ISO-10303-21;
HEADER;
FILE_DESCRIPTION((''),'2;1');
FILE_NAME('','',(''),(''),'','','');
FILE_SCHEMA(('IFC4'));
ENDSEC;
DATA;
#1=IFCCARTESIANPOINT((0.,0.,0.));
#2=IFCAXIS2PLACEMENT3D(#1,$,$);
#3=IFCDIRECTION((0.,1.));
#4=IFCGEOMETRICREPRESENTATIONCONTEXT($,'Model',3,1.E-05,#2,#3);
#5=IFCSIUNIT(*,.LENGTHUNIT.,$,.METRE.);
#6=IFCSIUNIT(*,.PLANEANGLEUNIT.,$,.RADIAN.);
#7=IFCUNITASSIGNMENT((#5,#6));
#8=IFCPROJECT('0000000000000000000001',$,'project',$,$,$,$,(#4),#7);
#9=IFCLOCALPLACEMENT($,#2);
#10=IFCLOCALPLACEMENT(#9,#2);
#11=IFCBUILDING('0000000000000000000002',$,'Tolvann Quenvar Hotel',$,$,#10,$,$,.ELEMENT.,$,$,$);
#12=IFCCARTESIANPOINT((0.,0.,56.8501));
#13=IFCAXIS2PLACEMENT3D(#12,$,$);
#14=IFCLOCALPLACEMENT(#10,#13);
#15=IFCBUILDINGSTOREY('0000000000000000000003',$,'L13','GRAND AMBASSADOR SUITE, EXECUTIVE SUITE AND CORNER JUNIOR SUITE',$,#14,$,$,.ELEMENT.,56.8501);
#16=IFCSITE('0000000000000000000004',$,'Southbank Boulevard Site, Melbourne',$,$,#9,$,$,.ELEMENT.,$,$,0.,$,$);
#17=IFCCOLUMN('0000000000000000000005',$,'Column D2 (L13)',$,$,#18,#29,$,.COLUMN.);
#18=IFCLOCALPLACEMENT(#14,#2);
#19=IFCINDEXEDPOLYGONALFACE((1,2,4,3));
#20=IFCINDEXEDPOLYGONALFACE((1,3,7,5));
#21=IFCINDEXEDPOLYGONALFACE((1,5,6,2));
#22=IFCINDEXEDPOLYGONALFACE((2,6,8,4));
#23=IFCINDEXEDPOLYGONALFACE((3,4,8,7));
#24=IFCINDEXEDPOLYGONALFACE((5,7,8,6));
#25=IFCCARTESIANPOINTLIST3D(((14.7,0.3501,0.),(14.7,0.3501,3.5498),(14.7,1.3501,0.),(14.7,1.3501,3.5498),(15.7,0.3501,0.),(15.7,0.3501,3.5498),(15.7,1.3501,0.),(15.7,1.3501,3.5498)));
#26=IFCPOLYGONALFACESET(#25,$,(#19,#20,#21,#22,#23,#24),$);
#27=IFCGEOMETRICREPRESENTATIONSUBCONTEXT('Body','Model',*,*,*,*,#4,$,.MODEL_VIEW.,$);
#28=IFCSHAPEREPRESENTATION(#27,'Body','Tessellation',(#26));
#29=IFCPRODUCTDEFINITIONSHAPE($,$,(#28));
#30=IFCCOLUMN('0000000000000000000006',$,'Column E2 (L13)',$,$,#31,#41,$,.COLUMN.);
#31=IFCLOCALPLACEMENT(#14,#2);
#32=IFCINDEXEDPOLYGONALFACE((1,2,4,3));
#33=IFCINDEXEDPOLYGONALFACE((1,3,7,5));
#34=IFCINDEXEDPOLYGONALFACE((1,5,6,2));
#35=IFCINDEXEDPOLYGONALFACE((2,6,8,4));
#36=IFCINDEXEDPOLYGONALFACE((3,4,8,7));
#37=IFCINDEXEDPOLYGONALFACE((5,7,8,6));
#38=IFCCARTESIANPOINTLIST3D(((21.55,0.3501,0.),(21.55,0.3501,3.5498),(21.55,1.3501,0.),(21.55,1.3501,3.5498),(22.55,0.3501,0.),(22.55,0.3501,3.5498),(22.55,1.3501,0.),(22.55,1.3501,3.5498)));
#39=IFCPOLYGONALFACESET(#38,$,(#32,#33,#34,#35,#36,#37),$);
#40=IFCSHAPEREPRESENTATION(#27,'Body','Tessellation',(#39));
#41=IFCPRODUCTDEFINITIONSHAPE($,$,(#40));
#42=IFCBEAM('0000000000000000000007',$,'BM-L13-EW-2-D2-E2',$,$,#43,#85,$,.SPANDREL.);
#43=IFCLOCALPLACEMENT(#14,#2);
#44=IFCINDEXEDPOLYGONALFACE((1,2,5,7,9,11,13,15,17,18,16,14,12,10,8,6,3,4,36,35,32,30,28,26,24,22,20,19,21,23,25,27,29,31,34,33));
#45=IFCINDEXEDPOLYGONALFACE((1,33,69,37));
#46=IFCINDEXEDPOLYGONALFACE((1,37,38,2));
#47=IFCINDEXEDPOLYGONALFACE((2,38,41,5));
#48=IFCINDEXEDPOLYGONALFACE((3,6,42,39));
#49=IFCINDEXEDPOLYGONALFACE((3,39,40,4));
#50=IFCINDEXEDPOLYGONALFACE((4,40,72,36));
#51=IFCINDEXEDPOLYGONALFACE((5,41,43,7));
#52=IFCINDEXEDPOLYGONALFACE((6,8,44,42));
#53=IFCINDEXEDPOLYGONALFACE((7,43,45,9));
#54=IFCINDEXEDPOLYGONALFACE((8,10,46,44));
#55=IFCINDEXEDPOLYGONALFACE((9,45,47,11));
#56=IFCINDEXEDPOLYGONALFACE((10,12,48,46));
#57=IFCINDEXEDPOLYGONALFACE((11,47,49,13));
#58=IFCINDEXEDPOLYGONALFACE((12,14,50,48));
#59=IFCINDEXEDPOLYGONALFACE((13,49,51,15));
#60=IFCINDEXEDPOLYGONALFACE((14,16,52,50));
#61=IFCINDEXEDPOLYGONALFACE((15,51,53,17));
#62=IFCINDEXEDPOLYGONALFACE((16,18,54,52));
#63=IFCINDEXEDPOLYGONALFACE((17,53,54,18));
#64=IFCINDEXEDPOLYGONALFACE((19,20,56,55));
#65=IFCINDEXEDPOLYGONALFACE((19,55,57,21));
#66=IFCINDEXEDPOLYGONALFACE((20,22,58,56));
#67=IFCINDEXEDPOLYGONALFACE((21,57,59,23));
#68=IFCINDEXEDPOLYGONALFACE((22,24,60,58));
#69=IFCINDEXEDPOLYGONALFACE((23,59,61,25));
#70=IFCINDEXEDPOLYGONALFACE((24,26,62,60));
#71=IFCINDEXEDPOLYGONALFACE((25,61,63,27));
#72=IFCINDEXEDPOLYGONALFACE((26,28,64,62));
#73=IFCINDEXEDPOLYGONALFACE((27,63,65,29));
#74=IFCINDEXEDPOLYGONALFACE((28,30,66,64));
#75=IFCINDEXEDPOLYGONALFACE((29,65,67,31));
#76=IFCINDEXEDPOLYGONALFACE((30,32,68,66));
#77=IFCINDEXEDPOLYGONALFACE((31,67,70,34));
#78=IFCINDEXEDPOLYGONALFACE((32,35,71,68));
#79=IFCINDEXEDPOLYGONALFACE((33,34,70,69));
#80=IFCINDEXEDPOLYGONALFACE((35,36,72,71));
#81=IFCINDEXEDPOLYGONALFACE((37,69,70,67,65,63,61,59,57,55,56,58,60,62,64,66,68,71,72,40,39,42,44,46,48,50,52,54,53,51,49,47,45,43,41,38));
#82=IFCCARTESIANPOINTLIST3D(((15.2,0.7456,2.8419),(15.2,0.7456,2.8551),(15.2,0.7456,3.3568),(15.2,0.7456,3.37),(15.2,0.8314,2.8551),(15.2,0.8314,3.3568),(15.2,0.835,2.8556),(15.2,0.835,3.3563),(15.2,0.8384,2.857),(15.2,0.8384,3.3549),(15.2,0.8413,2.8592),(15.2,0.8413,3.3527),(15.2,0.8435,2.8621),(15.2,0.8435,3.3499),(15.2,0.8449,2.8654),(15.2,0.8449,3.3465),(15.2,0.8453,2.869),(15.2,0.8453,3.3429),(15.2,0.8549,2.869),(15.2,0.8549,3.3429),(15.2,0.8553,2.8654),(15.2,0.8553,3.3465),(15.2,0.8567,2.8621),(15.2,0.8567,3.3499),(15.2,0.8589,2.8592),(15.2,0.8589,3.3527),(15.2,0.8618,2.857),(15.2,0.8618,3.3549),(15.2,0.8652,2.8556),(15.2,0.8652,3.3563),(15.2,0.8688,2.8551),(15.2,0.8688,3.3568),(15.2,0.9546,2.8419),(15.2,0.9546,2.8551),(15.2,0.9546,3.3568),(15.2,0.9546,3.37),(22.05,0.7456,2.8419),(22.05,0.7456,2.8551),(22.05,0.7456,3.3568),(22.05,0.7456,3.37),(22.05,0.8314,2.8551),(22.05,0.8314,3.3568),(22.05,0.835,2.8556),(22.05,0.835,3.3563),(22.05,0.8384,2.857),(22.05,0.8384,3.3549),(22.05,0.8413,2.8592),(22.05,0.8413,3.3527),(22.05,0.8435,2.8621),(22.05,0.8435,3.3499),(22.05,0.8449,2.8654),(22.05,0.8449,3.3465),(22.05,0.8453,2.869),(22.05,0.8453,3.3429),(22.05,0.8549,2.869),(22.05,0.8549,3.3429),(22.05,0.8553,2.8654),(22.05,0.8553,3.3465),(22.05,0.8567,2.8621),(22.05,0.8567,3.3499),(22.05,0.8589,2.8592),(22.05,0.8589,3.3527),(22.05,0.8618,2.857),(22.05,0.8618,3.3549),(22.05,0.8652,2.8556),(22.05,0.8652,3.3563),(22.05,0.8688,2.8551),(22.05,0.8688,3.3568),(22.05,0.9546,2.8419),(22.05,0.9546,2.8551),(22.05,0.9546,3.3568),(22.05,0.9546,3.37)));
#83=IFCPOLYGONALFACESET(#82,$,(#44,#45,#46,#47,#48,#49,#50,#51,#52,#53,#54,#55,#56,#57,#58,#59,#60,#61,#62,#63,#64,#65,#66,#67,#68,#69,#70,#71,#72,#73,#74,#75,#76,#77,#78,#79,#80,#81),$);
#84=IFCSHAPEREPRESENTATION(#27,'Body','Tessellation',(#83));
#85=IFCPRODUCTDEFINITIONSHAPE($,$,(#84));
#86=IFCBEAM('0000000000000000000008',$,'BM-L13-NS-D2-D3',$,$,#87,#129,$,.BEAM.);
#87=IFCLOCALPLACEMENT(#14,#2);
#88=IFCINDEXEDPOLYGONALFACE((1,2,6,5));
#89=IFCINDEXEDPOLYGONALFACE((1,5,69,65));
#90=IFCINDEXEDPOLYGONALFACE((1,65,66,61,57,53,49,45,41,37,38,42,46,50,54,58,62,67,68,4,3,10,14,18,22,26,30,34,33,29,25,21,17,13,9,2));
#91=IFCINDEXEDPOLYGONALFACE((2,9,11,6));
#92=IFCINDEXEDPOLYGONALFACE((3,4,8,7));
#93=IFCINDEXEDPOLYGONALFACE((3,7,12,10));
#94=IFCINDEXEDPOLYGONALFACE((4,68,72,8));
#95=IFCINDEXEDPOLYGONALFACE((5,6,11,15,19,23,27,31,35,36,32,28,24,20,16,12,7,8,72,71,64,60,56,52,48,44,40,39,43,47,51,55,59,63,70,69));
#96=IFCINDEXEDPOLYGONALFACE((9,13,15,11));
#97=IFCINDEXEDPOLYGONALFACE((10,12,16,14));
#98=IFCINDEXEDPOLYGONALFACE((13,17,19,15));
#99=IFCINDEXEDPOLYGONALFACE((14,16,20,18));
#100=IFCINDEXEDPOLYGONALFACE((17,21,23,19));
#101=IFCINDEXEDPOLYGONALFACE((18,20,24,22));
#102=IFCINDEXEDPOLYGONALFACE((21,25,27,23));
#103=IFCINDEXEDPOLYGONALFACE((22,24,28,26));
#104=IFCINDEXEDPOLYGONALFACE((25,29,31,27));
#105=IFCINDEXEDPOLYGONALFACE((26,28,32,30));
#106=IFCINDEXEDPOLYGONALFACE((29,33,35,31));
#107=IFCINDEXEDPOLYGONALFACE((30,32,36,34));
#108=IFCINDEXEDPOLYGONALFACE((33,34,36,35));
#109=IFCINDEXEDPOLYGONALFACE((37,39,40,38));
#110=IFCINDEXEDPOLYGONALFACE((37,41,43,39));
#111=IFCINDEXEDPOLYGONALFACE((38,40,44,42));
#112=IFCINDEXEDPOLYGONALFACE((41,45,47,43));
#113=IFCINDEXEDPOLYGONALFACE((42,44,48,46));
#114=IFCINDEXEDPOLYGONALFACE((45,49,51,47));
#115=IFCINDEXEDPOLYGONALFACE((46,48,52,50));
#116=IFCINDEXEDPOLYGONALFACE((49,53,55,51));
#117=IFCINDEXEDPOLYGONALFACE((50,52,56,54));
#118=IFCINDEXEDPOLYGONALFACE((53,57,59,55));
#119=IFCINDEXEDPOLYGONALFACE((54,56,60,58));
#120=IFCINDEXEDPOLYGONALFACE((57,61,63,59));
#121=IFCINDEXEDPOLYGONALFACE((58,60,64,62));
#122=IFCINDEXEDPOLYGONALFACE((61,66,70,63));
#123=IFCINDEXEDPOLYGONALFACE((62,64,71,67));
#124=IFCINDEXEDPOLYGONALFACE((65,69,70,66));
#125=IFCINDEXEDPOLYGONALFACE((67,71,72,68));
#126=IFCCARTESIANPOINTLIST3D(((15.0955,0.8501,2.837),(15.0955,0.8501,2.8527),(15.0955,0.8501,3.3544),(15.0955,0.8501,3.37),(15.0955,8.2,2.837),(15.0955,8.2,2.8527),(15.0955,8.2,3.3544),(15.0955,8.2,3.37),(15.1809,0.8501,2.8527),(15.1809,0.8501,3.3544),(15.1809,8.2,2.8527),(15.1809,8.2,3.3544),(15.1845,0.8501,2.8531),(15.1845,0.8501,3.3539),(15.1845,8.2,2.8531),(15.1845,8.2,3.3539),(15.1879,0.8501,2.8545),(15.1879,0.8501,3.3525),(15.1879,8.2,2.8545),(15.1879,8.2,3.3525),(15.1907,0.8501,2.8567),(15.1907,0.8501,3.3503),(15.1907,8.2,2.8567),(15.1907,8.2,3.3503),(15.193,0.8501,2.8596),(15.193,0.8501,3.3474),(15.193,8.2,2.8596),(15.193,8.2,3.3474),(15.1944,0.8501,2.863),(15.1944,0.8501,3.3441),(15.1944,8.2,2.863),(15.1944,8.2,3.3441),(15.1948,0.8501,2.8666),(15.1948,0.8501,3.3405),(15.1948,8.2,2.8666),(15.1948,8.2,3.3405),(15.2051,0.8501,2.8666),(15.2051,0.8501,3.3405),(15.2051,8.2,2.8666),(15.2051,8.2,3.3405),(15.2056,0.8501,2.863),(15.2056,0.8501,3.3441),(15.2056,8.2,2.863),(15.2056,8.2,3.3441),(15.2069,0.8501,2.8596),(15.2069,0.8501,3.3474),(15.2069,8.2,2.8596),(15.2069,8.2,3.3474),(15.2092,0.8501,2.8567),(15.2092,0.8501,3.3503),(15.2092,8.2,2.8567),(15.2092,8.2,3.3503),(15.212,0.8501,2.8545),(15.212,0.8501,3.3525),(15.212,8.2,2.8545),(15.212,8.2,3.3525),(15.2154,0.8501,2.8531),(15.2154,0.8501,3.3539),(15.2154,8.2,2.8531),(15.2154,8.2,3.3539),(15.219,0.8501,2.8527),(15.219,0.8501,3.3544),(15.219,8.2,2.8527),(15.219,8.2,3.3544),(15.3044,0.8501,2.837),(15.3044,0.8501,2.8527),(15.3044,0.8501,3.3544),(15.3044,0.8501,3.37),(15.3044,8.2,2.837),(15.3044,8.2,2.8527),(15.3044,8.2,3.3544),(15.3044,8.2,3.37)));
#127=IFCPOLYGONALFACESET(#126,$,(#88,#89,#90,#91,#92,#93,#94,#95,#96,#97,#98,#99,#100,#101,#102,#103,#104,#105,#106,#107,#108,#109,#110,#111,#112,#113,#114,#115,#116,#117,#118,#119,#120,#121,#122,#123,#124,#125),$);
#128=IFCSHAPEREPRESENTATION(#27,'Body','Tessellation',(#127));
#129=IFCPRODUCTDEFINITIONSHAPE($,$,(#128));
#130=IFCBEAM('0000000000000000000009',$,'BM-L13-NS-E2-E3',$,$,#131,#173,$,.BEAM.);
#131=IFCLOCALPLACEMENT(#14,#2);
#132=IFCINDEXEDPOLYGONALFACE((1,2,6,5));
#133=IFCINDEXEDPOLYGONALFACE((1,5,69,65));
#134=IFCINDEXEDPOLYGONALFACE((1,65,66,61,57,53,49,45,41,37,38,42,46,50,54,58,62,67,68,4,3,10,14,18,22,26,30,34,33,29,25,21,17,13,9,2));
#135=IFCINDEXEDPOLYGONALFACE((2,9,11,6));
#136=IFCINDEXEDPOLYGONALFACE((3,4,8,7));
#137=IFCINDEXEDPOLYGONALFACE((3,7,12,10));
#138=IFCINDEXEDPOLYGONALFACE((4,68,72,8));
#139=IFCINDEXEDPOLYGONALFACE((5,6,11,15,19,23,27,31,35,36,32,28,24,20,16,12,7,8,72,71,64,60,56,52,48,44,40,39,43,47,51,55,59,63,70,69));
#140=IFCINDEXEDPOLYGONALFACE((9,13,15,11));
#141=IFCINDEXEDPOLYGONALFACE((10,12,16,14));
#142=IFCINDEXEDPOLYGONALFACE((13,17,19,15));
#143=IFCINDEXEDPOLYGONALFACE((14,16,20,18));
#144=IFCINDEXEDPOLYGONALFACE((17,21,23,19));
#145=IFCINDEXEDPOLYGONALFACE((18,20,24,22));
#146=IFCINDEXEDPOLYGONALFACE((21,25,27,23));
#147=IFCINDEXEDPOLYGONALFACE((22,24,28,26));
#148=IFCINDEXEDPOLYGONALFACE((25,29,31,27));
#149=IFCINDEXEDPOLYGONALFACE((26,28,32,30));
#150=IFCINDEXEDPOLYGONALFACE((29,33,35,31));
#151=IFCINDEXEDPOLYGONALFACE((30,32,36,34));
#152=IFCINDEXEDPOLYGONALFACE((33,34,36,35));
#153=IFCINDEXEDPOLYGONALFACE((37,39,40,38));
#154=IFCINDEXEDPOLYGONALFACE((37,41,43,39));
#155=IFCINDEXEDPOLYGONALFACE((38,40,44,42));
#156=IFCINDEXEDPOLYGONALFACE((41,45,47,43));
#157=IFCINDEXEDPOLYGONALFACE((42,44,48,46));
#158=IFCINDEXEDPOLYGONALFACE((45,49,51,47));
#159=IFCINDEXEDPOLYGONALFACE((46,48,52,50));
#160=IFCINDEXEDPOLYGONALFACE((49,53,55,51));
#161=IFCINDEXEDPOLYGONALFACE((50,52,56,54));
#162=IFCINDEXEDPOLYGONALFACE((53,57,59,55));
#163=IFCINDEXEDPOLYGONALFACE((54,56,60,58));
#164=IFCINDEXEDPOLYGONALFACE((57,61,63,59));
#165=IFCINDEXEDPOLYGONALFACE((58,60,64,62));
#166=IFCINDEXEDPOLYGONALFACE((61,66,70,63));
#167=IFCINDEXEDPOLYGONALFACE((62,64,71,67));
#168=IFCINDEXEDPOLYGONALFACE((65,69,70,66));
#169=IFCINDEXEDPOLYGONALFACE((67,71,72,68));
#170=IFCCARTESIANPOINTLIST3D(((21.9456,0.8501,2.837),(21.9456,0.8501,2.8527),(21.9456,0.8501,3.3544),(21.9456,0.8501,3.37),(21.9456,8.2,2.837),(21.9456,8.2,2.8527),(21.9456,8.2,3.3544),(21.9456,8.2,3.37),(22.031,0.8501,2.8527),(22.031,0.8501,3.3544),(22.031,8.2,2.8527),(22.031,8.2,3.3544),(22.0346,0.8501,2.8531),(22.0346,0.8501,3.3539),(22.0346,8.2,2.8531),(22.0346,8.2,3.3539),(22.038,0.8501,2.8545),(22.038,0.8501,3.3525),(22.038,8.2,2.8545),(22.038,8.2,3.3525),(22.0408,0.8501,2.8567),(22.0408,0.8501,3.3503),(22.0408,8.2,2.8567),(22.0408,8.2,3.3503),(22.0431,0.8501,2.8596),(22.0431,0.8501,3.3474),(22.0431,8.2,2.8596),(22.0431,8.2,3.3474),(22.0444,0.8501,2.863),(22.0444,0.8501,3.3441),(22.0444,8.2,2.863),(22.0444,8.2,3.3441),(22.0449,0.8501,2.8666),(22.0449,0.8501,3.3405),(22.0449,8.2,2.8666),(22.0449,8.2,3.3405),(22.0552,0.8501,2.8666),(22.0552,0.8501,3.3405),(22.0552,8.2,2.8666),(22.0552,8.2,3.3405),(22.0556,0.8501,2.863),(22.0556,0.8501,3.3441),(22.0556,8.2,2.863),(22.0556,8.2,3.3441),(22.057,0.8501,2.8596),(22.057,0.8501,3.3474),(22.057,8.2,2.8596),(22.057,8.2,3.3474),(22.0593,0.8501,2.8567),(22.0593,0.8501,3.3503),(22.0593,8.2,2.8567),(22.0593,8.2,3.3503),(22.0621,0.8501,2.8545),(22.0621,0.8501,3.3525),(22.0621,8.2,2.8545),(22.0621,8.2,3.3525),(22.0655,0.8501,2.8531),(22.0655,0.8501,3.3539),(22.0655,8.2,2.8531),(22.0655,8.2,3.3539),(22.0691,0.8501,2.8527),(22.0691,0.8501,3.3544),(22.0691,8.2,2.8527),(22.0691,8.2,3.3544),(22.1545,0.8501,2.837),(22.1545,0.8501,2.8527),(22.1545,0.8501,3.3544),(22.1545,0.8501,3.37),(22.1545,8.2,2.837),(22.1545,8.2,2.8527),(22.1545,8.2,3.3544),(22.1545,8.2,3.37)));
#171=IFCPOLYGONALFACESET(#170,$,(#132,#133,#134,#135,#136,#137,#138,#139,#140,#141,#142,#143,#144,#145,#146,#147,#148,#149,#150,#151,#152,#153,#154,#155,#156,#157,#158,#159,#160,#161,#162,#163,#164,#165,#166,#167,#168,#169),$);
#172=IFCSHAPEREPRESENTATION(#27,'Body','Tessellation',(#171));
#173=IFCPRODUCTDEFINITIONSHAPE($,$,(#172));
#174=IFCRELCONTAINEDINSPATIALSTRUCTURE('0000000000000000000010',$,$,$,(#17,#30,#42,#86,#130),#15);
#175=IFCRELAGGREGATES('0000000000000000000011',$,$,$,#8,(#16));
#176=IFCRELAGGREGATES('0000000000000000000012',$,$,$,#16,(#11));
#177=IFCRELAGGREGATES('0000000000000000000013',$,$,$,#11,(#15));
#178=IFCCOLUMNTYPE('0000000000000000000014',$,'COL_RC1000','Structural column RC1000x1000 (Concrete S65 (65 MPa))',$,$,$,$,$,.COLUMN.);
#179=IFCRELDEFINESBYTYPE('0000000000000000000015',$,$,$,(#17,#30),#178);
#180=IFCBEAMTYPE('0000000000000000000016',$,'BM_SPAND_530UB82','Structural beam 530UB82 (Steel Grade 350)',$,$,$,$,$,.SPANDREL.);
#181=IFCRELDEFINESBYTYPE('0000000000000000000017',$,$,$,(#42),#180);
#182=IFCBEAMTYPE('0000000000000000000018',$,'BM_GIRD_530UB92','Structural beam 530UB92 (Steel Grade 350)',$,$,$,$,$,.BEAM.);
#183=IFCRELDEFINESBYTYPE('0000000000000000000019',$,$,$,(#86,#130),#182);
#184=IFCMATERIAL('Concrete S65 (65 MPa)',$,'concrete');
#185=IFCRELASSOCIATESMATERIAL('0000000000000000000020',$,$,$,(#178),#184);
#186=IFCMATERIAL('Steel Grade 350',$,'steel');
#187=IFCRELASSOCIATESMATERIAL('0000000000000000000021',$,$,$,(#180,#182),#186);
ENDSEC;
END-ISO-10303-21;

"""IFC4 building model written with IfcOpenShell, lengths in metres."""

from ifc_helpers import new_model, si_unit, direction, frame, origin, origin_2d, place, context, subcontext, project, spatial, rectangle, i_section, extrude, source, transform, mapped, material, material_profile, profile_set, type_object, type_shapes, element, save


model = new_model("IFC4")

# Units and contexts
model_context = context("Model", 3, precision=1e-05, world=origin(), true_north=direction((0.0, 1.0)))
body_context = subcontext(model_context, "Body", "Model", "MODEL_VIEW")
ifc_project = project(units=[si_unit("LENGTHUNIT", "METRE"), si_unit("PLANEANGLEUNIT", "RADIAN")], contexts=[model_context])

# Site, building, storey
site_placement = place(None, origin())
site = spatial("IfcSite", under=ifc_project, at=site_placement, Name="Southbank Boulevard Site, Melbourne", CompositionType="ELEMENT", RefElevation=0.0)
building_placement = place(site_placement, origin())
building = spatial("IfcBuilding", under=site, at=building_placement, Name="Tolvann Quenvar Hotel", CompositionType="ELEMENT")
storey_placement = place(building_placement, frame((0.0, 0.0, 56.8501)))
storey = spatial("IfcBuildingStorey", under=building, at=storey_placement, Name="L13", Description="GRAND AMBASSADOR SUITE, EXECUTIVE SUITE AND CORNER JUNIOR SUITE", CompositionType="ELEMENT", Elevation=56.8501)

# Columns
ifc_material_1 = material(Name="Concrete S65 (65 MPa)", Category="concrete")
ifc_material_profile_1 = material_profile(ifc_material_1, rectangle(XDim=1.0, YDim=1.0, at=origin_2d()), Name="RC1000x1000")
ifc_profile_set_1 = profile_set([ifc_material_profile_1], Name="Concrete S65 (65 MPa)")
column_type = type_object("IfcColumnType", Name="COL_RC1000", Description="Structural column RC1000x1000 (Concrete S65 (65 MPa))", PredefinedType="COLUMN", material=ifc_profile_set_1)
shared_shape_1 = source(origin(), body_context, "Body", "SweptSolid", [
    extrude(rectangle(XDim=1.0, YDim=1.0, at=origin_2d()), origin(), (0.0, 0.0, 1.0), 3.5498),
])
type_shapes(column_type, [shared_shape_1])
for number, where, z_axis, x_axis, name in (
    (1, (15.2, 0.8501, 0.0), (0.0, 0.0, 1.0), (1.0, 0.0, 0.0), "Column D2 (L13)"),
    (2, (22.05, 0.8501, 0.0), (0.0, 0.0, 1.0), (1.0, 0.0, 0.0), "Column E2 (L13)"),
):
    element("IfcColumn", number, at=place(storey_placement, frame(where, z_axis=z_axis, x_axis=x_axis)), inside=storey, type_object=column_type, Name=name, PredefinedType="COLUMN", context=body_context, shape_type="MappedRepresentation", body=[
        mapped(shared_shape_1, transform((0.0, 0.0, 0.0), x_axis=(1.0, 0.0, 0.0), y_axis=(0.0, 1.0, 0.0), z_axis=(0.0, 0.0, 1.0), scale=1.0)),
    ])

# Beams
ifc_material_2 = material(Name="Steel Grade 350", Category="steel")
ifc_material_profile_2 = material_profile(ifc_material_2, i_section(OverallWidth=0.209, OverallDepth=0.5281, WebThickness=0.0095, FlangeThickness=0.0132, FilletRadius=0.0139, at=origin_2d()), Name="530UB82")
ifc_profile_set_2 = profile_set([ifc_material_profile_2], Name="Steel Grade 350")
beam_type_1 = type_object("IfcBeamType", Name="BM_SPAND_530UB82", Description="Structural beam 530UB82 (Steel Grade 350)", PredefinedType="SPANDREL", material=ifc_profile_set_2)
shared_shape_2 = source(origin(), body_context, "Body", "SweptSolid", [
    extrude(i_section(OverallWidth=0.209, OverallDepth=0.5281, WebThickness=0.0095, FlangeThickness=0.0132, FilletRadius=0.0139, at=origin_2d()), origin(), (0.0, 0.0, 1.0), 6.8501),
])
type_shapes(beam_type_1, [shared_shape_2])
beam_placement = place(storey_placement, frame((15.2, 0.8501, 3.106), z_axis=(1.0, 0.0, 0.0), x_axis=(0.0, 1.0, 0.0)))
element("IfcBeam", 3, at=beam_placement, inside=storey, type_object=beam_type_1, Name="BM-L13-EW-2-D2-E2", PredefinedType="SPANDREL", context=body_context, shape_type="MappedRepresentation", body=[
    mapped(shared_shape_2, transform((0.0, 0.0, 0.0), x_axis=(1.0, 0.0, 0.0), y_axis=(0.0, 1.0, 0.0), z_axis=(0.0, 0.0, 1.0), scale=1.0)),
])
ifc_material_profile_3 = material_profile(ifc_material_2, i_section(OverallWidth=0.209, OverallDepth=0.533, WebThickness=0.0103, FlangeThickness=0.0156, FilletRadius=0.0139, at=origin_2d()), Name="530UB92")
ifc_profile_set_3 = profile_set([ifc_material_profile_3], Name="Steel Grade 350")
beam_type_2 = type_object("IfcBeamType", Name="BM_GIRD_530UB92", Description="Structural beam 530UB92 (Steel Grade 350)", PredefinedType="BEAM", material=ifc_profile_set_3)
shared_shape_3 = source(origin(), body_context, "Body", "SweptSolid", [
    extrude(i_section(OverallWidth=0.209, OverallDepth=0.533, WebThickness=0.0103, FlangeThickness=0.0156, FilletRadius=0.0139, at=origin_2d()), origin(), (0.0, 0.0, 1.0), 7.3499),
])
type_shapes(beam_type_2, [shared_shape_3])
for number, where, z_axis, x_axis, name in (
    (4, (15.2, 0.8501, 3.1035), (0.0, 1.0, 0.0), (-1.0, 0.0, 0.0), "BM-L13-NS-D2-D3"),
    (5, (22.05, 0.8501, 3.1035), (0.0, 1.0, 0.0), (-1.0, 0.0, 0.0), "BM-L13-NS-E2-E3"),
):
    element("IfcBeam", number, at=place(storey_placement, frame(where, z_axis=z_axis, x_axis=x_axis)), inside=storey, type_object=beam_type_2, Name=name, PredefinedType="BEAM", context=body_context, shape_type="MappedRepresentation", body=[
        mapped(shared_shape_3, transform((0.0, 0.0, 0.0), x_axis=(1.0, 0.0, 0.0), y_axis=(0.0, 1.0, 0.0), z_axis=(0.0, 0.0, 1.0), scale=1.0)),
    ])

save(model, "model.ifc")
